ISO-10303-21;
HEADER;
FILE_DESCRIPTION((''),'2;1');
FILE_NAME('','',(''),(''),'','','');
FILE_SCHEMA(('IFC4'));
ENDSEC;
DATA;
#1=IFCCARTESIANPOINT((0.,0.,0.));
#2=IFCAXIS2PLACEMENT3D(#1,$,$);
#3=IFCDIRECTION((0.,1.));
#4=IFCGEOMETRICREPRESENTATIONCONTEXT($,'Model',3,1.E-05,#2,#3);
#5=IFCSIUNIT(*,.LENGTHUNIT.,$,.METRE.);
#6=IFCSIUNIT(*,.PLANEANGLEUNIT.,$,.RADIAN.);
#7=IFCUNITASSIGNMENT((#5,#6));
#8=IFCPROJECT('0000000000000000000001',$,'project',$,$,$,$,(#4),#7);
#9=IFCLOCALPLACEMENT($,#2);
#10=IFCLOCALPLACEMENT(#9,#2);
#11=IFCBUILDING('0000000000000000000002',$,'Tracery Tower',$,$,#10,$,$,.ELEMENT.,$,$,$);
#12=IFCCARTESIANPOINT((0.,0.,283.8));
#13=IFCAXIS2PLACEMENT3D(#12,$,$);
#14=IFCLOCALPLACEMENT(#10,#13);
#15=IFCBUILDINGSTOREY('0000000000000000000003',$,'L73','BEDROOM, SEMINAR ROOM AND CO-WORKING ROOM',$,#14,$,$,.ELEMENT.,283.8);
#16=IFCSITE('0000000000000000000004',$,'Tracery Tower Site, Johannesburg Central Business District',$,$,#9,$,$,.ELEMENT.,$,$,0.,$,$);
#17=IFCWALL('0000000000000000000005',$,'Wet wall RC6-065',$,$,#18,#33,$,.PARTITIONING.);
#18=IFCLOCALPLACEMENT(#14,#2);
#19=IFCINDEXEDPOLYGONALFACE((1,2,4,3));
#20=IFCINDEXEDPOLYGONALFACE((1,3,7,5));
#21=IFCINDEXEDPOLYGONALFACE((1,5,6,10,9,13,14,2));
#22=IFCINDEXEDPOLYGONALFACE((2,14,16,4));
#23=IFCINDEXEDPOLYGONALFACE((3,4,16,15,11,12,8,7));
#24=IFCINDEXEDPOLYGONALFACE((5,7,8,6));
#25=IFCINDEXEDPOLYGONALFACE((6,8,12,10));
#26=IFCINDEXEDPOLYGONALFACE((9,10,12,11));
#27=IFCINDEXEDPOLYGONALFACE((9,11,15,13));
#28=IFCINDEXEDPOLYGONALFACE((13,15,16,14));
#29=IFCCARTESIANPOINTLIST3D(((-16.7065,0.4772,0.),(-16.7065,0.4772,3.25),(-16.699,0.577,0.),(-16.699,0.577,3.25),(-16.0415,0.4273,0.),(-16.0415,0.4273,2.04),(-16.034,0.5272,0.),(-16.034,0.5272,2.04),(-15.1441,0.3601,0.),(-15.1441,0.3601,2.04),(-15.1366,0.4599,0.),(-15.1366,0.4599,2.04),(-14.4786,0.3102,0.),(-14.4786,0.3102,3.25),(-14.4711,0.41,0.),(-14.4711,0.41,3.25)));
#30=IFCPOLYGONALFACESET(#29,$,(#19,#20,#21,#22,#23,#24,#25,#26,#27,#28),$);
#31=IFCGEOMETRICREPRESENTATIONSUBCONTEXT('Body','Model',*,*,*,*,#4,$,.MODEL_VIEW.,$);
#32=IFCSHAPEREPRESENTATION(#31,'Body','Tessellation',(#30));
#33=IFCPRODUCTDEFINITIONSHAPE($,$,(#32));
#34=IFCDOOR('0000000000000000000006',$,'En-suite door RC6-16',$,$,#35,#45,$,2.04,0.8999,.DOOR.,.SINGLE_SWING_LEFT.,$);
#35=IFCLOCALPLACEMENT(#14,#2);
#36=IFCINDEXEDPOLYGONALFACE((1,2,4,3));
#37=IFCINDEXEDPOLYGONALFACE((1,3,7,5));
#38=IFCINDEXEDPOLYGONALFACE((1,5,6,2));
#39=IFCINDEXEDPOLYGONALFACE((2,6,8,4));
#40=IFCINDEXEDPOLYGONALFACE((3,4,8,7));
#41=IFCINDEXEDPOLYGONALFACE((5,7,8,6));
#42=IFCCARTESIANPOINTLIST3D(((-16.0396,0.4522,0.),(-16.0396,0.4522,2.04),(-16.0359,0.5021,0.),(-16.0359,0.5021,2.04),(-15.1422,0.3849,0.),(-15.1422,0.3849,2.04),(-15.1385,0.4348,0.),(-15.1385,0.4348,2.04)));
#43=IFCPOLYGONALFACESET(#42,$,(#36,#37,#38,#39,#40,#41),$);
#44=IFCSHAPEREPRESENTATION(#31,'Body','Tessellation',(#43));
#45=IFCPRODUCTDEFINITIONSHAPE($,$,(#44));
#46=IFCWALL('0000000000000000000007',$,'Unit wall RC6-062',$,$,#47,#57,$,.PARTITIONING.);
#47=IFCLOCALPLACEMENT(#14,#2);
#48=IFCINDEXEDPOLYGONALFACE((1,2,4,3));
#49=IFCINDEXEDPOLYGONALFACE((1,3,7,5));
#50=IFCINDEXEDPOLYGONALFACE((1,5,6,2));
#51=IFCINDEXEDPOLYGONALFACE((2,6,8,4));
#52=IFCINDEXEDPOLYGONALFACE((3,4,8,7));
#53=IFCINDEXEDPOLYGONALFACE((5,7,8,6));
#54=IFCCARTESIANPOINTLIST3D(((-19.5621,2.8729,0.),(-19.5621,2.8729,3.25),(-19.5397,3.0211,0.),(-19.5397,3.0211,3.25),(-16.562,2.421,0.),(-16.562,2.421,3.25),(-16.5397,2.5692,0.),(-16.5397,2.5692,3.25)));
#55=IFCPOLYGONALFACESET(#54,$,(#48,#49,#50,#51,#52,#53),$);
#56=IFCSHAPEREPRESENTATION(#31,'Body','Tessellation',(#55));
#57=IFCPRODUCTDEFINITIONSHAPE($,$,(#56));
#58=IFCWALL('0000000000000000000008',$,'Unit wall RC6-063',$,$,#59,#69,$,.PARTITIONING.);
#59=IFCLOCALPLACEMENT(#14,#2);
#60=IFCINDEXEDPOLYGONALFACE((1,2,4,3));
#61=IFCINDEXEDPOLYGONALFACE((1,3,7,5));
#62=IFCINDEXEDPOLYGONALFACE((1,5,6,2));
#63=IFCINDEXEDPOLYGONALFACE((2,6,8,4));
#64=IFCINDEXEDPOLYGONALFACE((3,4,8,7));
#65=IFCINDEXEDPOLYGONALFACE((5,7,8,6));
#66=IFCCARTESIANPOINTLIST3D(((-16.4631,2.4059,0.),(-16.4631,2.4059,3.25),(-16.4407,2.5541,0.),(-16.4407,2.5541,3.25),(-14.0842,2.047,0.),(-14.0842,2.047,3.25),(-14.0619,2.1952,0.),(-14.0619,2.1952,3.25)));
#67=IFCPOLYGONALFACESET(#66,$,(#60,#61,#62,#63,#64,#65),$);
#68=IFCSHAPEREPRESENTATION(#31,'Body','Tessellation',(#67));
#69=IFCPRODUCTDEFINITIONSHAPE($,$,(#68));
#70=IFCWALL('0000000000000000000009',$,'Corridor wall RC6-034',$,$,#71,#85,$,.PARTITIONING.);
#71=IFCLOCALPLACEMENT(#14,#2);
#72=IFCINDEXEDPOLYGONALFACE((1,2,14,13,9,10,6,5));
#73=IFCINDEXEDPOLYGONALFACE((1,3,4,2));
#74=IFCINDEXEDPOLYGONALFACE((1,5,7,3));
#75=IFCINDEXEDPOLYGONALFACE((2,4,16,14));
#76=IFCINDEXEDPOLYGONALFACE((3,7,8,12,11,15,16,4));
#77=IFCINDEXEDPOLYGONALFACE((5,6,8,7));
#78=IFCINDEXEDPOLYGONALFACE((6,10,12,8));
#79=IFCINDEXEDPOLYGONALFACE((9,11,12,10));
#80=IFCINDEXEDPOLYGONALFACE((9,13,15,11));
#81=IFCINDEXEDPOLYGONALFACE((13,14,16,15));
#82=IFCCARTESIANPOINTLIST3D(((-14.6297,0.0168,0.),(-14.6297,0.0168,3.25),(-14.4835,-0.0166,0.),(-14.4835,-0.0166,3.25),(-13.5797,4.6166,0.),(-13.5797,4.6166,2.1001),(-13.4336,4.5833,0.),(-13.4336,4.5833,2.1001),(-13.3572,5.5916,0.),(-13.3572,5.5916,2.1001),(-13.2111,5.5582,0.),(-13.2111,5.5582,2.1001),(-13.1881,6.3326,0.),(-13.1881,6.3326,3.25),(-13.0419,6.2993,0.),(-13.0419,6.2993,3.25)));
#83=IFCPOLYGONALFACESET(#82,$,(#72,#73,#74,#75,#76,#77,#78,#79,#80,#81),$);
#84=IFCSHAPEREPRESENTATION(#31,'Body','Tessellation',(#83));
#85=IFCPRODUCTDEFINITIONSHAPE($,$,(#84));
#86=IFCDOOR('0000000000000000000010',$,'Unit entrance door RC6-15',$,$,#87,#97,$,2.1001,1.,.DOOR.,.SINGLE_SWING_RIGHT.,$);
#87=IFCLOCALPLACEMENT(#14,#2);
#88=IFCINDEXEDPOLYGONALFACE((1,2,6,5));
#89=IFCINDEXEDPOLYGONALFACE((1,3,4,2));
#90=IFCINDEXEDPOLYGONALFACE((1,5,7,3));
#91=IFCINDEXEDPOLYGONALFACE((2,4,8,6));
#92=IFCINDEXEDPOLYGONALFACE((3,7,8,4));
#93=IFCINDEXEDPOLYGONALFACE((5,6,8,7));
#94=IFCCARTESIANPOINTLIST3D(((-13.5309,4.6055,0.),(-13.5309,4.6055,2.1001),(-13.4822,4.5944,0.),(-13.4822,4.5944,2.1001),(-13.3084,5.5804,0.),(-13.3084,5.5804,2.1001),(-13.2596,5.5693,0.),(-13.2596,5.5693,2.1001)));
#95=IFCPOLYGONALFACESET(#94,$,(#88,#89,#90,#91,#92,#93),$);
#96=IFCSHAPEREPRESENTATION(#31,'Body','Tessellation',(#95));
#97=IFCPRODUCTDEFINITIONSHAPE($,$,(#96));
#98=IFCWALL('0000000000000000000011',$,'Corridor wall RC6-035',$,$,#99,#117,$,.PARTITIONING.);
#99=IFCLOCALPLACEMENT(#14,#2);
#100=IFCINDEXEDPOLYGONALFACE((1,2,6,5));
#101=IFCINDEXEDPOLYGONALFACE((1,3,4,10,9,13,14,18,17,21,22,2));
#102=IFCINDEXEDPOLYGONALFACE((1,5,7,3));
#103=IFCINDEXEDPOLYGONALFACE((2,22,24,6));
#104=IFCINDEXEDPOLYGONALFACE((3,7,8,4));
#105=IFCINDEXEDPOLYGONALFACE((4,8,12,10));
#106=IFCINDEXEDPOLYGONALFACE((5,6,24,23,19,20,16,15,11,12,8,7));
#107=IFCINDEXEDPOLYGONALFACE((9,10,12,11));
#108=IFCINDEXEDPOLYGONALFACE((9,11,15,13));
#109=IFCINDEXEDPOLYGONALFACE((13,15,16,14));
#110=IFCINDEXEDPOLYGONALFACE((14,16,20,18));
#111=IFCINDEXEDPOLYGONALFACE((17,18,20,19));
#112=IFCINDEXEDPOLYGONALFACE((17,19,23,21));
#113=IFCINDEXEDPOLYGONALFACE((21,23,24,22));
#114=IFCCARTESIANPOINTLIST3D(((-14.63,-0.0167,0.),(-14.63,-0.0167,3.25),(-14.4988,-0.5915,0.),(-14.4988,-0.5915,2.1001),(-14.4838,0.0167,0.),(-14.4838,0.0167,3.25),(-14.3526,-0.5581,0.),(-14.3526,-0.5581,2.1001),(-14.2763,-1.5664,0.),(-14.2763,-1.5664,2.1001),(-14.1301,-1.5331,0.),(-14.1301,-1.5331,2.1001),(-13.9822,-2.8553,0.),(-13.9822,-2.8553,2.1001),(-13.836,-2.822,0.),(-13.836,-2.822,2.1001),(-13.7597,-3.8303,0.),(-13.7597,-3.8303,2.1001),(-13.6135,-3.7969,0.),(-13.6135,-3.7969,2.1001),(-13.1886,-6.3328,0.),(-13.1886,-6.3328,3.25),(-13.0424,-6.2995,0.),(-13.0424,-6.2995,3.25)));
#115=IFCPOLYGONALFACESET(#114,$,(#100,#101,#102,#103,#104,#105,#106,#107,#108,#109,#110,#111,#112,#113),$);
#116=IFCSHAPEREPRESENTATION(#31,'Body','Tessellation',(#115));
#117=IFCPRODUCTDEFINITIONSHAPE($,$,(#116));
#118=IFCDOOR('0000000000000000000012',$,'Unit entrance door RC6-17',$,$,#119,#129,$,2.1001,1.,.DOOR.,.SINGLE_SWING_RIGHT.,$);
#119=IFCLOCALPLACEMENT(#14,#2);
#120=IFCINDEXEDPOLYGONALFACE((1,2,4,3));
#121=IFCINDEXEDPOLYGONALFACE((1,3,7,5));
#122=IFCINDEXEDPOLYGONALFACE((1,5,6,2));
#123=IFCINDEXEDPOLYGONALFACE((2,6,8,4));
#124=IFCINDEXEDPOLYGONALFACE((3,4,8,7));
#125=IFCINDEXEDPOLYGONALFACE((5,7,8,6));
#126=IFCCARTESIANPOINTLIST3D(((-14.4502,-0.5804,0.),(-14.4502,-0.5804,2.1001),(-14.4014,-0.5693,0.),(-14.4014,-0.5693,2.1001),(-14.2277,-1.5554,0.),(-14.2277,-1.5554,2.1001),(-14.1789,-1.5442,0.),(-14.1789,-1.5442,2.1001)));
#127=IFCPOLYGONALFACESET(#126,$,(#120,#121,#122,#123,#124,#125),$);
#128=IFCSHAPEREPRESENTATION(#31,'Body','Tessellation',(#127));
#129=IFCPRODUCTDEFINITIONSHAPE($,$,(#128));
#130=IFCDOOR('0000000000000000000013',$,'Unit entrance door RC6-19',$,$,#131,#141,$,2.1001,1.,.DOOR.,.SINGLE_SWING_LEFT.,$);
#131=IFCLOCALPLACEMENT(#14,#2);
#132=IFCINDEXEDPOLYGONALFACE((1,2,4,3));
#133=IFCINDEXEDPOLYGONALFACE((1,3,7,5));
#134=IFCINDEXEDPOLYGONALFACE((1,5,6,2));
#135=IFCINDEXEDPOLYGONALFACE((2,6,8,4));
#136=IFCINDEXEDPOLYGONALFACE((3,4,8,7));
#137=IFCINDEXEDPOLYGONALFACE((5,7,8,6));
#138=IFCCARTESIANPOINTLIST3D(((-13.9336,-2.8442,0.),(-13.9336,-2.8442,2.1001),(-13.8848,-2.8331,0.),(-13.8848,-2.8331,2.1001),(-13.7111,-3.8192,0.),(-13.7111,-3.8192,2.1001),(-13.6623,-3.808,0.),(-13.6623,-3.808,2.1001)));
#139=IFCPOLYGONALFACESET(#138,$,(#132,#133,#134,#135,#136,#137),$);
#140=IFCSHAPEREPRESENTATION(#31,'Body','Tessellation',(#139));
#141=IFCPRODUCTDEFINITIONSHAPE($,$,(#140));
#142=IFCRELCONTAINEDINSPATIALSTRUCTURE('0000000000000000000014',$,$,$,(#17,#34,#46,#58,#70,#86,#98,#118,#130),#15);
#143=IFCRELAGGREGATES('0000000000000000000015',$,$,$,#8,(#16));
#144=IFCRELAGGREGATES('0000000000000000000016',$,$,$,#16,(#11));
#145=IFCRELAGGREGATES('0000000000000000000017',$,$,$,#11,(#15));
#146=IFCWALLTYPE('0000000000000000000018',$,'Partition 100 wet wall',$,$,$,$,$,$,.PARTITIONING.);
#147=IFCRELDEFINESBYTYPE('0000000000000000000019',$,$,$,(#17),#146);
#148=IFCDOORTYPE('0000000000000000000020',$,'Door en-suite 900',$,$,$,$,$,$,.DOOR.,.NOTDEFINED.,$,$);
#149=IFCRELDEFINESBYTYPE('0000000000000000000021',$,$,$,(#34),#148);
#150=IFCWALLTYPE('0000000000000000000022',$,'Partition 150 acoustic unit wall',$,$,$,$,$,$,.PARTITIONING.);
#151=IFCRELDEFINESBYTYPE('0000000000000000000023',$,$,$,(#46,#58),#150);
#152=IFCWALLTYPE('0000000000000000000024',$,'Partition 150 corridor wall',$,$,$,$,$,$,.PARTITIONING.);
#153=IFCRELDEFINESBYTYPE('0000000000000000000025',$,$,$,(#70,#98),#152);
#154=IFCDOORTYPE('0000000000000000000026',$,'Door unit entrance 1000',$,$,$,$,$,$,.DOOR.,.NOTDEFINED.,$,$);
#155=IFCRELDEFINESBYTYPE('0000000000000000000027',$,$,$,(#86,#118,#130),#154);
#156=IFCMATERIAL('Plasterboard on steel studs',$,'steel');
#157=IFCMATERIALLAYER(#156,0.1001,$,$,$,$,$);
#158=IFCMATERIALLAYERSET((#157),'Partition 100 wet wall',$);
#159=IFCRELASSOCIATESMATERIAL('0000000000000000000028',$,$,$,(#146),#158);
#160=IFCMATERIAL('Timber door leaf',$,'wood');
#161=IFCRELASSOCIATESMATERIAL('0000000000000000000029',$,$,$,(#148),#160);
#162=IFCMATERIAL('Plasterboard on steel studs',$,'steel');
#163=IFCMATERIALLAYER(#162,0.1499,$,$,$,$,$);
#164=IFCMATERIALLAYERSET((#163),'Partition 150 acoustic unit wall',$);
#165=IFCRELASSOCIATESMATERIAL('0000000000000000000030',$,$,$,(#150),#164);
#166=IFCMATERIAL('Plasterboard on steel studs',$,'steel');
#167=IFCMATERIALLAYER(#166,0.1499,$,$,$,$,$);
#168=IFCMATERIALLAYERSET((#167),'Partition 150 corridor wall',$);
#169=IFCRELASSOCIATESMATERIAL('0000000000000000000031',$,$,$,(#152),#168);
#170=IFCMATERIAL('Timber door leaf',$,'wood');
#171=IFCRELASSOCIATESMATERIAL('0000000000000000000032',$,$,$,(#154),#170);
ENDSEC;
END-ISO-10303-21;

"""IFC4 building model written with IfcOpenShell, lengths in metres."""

from ifc_helpers import new_model, si_unit, direction, frame, frame_2d, origin, place, context, subcontext, project, spatial, rectangle, extrude, material, layer, layer_set, type_object, element, fill, save


model = new_model("IFC4")

# Units and contexts
model_context = context("Model", 3, precision=1e-05, world=origin(), true_north=direction((0.0, 1.0)))
body_context = subcontext(model_context, "Body", "Model", "MODEL_VIEW")
ifc_project = project(units=[si_unit("LENGTHUNIT", "METRE"), si_unit("PLANEANGLEUNIT", "RADIAN")], contexts=[model_context])

# Site, building, storey
site_placement = place(None, origin())
site = spatial("IfcSite", under=ifc_project, at=site_placement, Name="Tracery Tower Site, Johannesburg Central Business District", CompositionType="ELEMENT", RefElevation=0.0)
building_placement = place(site_placement, origin())
building = spatial("IfcBuilding", under=site, at=building_placement, Name="Tracery Tower", CompositionType="ELEMENT")
storey_placement = place(building_placement, frame((0.0, 0.0, 283.8)))
storey = spatial("IfcBuildingStorey", under=building, at=storey_placement, Name="L73", Description="BEDROOM, SEMINAR ROOM AND CO-WORKING ROOM", CompositionType="ELEMENT", Elevation=283.8)

# Shared definitions
ifc_material_1 = material(Name="Plasterboard on steel studs", Category="steel")
ifc_layer_1 = layer(ifc_material_1, 0.1001)
ifc_layer_set_1 = layer_set([ifc_layer_1], Name="Partition 100 wet wall")
wall_type_1 = type_object("IfcWallType", Name="Partition 100 wet wall", PredefinedType="PARTITIONING", material=ifc_layer_set_1)
ifc_material_2 = material(Name="Timber door leaf", Category="wood")
door_type_1 = type_object("IfcDoorType", Name="Door en-suite 900", OperationType="NOTDEFINED", PredefinedType="DOOR", material=ifc_material_2)

# Wall, opening, door
wall_1_placement = place(storey_placement, frame((-16.7029, 0.5271, 0.0), z_axis=(0.0, 0.0, 1.0), x_axis=(0.997202, -0.074749, 0.0)))
wall_1 = element("IfcWall", 1, at=wall_1_placement, inside=storey, type_object=wall_type_1, Name="Wet wall RC6-065", PredefinedType="PARTITIONING", context=body_context, shape_type="SweptSolid", body=[
    extrude(rectangle(XDim=2.2341, YDim=0.1001, at=frame_2d((1.1172, 0.0))), origin(), (0.0, 0.0, 1.0), 3.25),
])
opening_1_placement = place(wall_1_placement, frame((0.667, 0.0, 0.0)))
opening_1 = element("IfcOpeningElement", 2, at=opening_1_placement, cuts=wall_1, PredefinedType="OPENING", context=body_context, shape_type="SweptSolid", body=[
    extrude(rectangle(XDim=0.8999, YDim=2.04, at=frame_2d((0.45, 1.02))), frame((0.0, 0.05, 0.0), z_axis=(0.0, -1.0, 0.0), x_axis=(1.0, 0.0, 0.0)), (0.0, 0.0, 1.0), 0.1001),
])
door_1_placement = place(opening_1_placement, origin())
door_1 = element("IfcDoor", 3, at=door_1_placement, inside=storey, type_object=door_type_1, Name="En-suite door RC6-16", OperationType="SINGLE_SWING_LEFT", OverallHeight=2.04, OverallWidth=0.8999, PredefinedType="DOOR", context=body_context, shape_type="SweptSolid", body=[
    extrude(rectangle(XDim=0.8999, YDim=2.04, at=frame_2d((0.45, 1.02))), frame((0.0, 0.0249, 0.0), z_axis=(0.0, -1.0, 0.0), x_axis=(1.0, 0.0, 0.0)), (0.0, 0.0, 1.0), 0.05),
])
fill(opening_1, door_1)

# Walls
ifc_material_3 = material(Name="Plasterboard on steel studs", Category="steel")
ifc_layer_2 = layer(ifc_material_3, 0.1499)
ifc_layer_set_2 = layer_set([ifc_layer_2], Name="Partition 150 acoustic unit wall")
wall_type_2 = type_object("IfcWallType", Name="Partition 150 acoustic unit wall", PredefinedType="PARTITIONING", material=ifc_layer_set_2)
wall_2_placement = place(storey_placement, frame((-19.551, 2.947, 0.0), z_axis=(0.0, 0.0, 1.0), x_axis=(0.988844, -0.148954, 0.0)))
element("IfcWall", 4, at=wall_2_placement, inside=storey, type_object=wall_type_2, Name="Unit wall RC6-062", PredefinedType="PARTITIONING", context=body_context, shape_type="SweptSolid", body=[
    extrude(rectangle(XDim=3.0339, YDim=0.1499, at=frame_2d((1.5171, 0.0))), origin(), (0.0, 0.0, 1.0), 3.25),
])
wall_3_placement = place(storey_placement, frame((-16.4519, 2.48, 0.0), z_axis=(0.0, 0.0, 1.0), x_axis=(0.988811, -0.149174, 0.0)))
element("IfcWall", 5, at=wall_3_placement, inside=storey, type_object=wall_type_2, Name="Unit wall RC6-063", PredefinedType="PARTITIONING", context=body_context, shape_type="SweptSolid", body=[
    extrude(rectangle(XDim=2.4058, YDim=0.1499, at=frame_2d((1.2029, 0.0))), origin(), (0.0, 0.0, 1.0), 3.25),
])

# Wall, opening, door
ifc_material_4 = material(Name="Plasterboard on steel studs", Category="steel")
ifc_layer_3 = layer(ifc_material_4, 0.1499)
ifc_layer_set_3 = layer_set([ifc_layer_3], Name="Partition 150 corridor wall")
wall_type_3 = type_object("IfcWallType", Name="Partition 150 corridor wall", PredefinedType="PARTITIONING", material=ifc_layer_set_3)
wall_4_placement = place(storey_placement, frame((-14.5566, 0.0, 0.0), z_axis=(0.0, 0.0, 1.0), x_axis=(0.222533, 0.974925, 0.0)))
wall_4 = element("IfcWall", 6, at=wall_4_placement, inside=storey, type_object=wall_type_3, Name="Corridor wall RC6-034", PredefinedType="PARTITIONING", context=body_context, shape_type="SweptSolid", body=[
    extrude(rectangle(XDim=6.4783, YDim=0.1499, at=frame_2d((3.2393, 0.0))), origin(), (0.0, 0.0, 1.0), 3.25),
])
opening_2_placement = place(wall_4_placement, frame((4.7183, 0.0, 0.0)))
opening_2 = element("IfcOpeningElement", 7, at=opening_2_placement, cuts=wall_4, PredefinedType="OPENING", context=body_context, shape_type="SweptSolid", body=[
    extrude(rectangle(XDim=1.0, YDim=2.1001, at=frame_2d((0.5, 1.05))), frame((0.0, 0.075, 0.0), z_axis=(0.0, -1.0, 0.0), x_axis=(1.0, 0.0, 0.0)), (0.0, 0.0, 1.0), 0.1499),
])
ifc_material_5 = material(Name="Timber door leaf", Category="wood")
door_type_2 = type_object("IfcDoorType", Name="Door unit entrance 1000", OperationType="NOTDEFINED", PredefinedType="DOOR", material=ifc_material_5)
door_2_placement = place(opening_2_placement, origin())
door_2 = element("IfcDoor", 8, at=door_2_placement, inside=storey, type_object=door_type_2, Name="Unit entrance door RC6-15", OperationType="SINGLE_SWING_RIGHT", OverallHeight=2.1001, OverallWidth=1.0, PredefinedType="DOOR", context=body_context, shape_type="SweptSolid", body=[
    extrude(rectangle(XDim=1.0, YDim=2.1001, at=frame_2d((0.5, 1.05))), frame((0.0, 0.0249, 0.0), z_axis=(0.0, -1.0, 0.0), x_axis=(1.0, 0.0, 0.0)), (0.0, 0.0, 1.0), 0.05),
])
fill(opening_2, door_2)

# Wall, openings, doors
wall_5_placement = place(storey_placement, frame((-14.5569, 0.0, 0.0), z_axis=(0.0, 0.0, 1.0), x_axis=(0.222489, -0.974935, 0.0)))
wall_5 = element("IfcWall", 9, at=wall_5_placement, inside=storey, type_object=wall_type_3, Name="Corridor wall RC6-035", PredefinedType="PARTITIONING", context=body_context, shape_type="SweptSolid", body=[
    extrude(rectangle(XDim=6.4785, YDim=0.1499, at=frame_2d((3.2393, 0.0))), origin(), (0.0, 0.0, 1.0), 3.25),
])
opening_3_placement = place(wall_5_placement, frame((0.5896, 0.0, 0.0)))
opening_3 = element("IfcOpeningElement", 10, at=opening_3_placement, cuts=wall_5, PredefinedType="OPENING", context=body_context, shape_type="SweptSolid", body=[
    extrude(rectangle(XDim=1.0, YDim=2.1001, at=frame_2d((0.5, 1.05))), frame((0.0, 0.075, 0.0), z_axis=(0.0, -1.0, 0.0), x_axis=(1.0, 0.0, 0.0)), (0.0, 0.0, 1.0), 0.1499),
])
opening_4_placement = place(wall_5_placement, frame((2.9116, 0.0, 0.0)))
opening_4 = element("IfcOpeningElement", 11, at=opening_4_placement, cuts=wall_5, PredefinedType="OPENING", context=body_context, shape_type="SweptSolid", body=[
    extrude(rectangle(XDim=1.0, YDim=2.1001, at=frame_2d((0.5, 1.05))), frame((0.0, 0.075, 0.0), z_axis=(0.0, -1.0, 0.0), x_axis=(1.0, 0.0, 0.0)), (0.0, 0.0, 1.0), 0.1499),
])
door_3_placement = place(opening_3_placement, origin())
door_3 = element("IfcDoor", 12, at=door_3_placement, inside=storey, type_object=door_type_2, Name="Unit entrance door RC6-17", OperationType="SINGLE_SWING_RIGHT", OverallHeight=2.1001, OverallWidth=1.0, PredefinedType="DOOR", context=body_context, shape_type="SweptSolid", body=[
    extrude(rectangle(XDim=1.0, YDim=2.1001, at=frame_2d((0.5, 1.05))), frame((0.0, 0.0249, 0.0), z_axis=(0.0, -1.0, 0.0), x_axis=(1.0, 0.0, 0.0)), (0.0, 0.0, 1.0), 0.05),
])
fill(opening_3, door_3)
door_4_placement = place(opening_4_placement, origin())
door_4 = element("IfcDoor", 13, at=door_4_placement, inside=storey, type_object=door_type_2, Name="Unit entrance door RC6-19", OperationType="SINGLE_SWING_LEFT", OverallHeight=2.1001, OverallWidth=1.0, PredefinedType="DOOR", context=body_context, shape_type="SweptSolid", body=[
    extrude(rectangle(XDim=1.0, YDim=2.1001, at=frame_2d((0.5, 1.05))), frame((0.0, 0.0249, 0.0), z_axis=(0.0, -1.0, 0.0), x_axis=(1.0, 0.0, 0.0)), (0.0, 0.0, 1.0), 0.05),
])
fill(opening_4, door_4)

save(model, "model.ifc")
